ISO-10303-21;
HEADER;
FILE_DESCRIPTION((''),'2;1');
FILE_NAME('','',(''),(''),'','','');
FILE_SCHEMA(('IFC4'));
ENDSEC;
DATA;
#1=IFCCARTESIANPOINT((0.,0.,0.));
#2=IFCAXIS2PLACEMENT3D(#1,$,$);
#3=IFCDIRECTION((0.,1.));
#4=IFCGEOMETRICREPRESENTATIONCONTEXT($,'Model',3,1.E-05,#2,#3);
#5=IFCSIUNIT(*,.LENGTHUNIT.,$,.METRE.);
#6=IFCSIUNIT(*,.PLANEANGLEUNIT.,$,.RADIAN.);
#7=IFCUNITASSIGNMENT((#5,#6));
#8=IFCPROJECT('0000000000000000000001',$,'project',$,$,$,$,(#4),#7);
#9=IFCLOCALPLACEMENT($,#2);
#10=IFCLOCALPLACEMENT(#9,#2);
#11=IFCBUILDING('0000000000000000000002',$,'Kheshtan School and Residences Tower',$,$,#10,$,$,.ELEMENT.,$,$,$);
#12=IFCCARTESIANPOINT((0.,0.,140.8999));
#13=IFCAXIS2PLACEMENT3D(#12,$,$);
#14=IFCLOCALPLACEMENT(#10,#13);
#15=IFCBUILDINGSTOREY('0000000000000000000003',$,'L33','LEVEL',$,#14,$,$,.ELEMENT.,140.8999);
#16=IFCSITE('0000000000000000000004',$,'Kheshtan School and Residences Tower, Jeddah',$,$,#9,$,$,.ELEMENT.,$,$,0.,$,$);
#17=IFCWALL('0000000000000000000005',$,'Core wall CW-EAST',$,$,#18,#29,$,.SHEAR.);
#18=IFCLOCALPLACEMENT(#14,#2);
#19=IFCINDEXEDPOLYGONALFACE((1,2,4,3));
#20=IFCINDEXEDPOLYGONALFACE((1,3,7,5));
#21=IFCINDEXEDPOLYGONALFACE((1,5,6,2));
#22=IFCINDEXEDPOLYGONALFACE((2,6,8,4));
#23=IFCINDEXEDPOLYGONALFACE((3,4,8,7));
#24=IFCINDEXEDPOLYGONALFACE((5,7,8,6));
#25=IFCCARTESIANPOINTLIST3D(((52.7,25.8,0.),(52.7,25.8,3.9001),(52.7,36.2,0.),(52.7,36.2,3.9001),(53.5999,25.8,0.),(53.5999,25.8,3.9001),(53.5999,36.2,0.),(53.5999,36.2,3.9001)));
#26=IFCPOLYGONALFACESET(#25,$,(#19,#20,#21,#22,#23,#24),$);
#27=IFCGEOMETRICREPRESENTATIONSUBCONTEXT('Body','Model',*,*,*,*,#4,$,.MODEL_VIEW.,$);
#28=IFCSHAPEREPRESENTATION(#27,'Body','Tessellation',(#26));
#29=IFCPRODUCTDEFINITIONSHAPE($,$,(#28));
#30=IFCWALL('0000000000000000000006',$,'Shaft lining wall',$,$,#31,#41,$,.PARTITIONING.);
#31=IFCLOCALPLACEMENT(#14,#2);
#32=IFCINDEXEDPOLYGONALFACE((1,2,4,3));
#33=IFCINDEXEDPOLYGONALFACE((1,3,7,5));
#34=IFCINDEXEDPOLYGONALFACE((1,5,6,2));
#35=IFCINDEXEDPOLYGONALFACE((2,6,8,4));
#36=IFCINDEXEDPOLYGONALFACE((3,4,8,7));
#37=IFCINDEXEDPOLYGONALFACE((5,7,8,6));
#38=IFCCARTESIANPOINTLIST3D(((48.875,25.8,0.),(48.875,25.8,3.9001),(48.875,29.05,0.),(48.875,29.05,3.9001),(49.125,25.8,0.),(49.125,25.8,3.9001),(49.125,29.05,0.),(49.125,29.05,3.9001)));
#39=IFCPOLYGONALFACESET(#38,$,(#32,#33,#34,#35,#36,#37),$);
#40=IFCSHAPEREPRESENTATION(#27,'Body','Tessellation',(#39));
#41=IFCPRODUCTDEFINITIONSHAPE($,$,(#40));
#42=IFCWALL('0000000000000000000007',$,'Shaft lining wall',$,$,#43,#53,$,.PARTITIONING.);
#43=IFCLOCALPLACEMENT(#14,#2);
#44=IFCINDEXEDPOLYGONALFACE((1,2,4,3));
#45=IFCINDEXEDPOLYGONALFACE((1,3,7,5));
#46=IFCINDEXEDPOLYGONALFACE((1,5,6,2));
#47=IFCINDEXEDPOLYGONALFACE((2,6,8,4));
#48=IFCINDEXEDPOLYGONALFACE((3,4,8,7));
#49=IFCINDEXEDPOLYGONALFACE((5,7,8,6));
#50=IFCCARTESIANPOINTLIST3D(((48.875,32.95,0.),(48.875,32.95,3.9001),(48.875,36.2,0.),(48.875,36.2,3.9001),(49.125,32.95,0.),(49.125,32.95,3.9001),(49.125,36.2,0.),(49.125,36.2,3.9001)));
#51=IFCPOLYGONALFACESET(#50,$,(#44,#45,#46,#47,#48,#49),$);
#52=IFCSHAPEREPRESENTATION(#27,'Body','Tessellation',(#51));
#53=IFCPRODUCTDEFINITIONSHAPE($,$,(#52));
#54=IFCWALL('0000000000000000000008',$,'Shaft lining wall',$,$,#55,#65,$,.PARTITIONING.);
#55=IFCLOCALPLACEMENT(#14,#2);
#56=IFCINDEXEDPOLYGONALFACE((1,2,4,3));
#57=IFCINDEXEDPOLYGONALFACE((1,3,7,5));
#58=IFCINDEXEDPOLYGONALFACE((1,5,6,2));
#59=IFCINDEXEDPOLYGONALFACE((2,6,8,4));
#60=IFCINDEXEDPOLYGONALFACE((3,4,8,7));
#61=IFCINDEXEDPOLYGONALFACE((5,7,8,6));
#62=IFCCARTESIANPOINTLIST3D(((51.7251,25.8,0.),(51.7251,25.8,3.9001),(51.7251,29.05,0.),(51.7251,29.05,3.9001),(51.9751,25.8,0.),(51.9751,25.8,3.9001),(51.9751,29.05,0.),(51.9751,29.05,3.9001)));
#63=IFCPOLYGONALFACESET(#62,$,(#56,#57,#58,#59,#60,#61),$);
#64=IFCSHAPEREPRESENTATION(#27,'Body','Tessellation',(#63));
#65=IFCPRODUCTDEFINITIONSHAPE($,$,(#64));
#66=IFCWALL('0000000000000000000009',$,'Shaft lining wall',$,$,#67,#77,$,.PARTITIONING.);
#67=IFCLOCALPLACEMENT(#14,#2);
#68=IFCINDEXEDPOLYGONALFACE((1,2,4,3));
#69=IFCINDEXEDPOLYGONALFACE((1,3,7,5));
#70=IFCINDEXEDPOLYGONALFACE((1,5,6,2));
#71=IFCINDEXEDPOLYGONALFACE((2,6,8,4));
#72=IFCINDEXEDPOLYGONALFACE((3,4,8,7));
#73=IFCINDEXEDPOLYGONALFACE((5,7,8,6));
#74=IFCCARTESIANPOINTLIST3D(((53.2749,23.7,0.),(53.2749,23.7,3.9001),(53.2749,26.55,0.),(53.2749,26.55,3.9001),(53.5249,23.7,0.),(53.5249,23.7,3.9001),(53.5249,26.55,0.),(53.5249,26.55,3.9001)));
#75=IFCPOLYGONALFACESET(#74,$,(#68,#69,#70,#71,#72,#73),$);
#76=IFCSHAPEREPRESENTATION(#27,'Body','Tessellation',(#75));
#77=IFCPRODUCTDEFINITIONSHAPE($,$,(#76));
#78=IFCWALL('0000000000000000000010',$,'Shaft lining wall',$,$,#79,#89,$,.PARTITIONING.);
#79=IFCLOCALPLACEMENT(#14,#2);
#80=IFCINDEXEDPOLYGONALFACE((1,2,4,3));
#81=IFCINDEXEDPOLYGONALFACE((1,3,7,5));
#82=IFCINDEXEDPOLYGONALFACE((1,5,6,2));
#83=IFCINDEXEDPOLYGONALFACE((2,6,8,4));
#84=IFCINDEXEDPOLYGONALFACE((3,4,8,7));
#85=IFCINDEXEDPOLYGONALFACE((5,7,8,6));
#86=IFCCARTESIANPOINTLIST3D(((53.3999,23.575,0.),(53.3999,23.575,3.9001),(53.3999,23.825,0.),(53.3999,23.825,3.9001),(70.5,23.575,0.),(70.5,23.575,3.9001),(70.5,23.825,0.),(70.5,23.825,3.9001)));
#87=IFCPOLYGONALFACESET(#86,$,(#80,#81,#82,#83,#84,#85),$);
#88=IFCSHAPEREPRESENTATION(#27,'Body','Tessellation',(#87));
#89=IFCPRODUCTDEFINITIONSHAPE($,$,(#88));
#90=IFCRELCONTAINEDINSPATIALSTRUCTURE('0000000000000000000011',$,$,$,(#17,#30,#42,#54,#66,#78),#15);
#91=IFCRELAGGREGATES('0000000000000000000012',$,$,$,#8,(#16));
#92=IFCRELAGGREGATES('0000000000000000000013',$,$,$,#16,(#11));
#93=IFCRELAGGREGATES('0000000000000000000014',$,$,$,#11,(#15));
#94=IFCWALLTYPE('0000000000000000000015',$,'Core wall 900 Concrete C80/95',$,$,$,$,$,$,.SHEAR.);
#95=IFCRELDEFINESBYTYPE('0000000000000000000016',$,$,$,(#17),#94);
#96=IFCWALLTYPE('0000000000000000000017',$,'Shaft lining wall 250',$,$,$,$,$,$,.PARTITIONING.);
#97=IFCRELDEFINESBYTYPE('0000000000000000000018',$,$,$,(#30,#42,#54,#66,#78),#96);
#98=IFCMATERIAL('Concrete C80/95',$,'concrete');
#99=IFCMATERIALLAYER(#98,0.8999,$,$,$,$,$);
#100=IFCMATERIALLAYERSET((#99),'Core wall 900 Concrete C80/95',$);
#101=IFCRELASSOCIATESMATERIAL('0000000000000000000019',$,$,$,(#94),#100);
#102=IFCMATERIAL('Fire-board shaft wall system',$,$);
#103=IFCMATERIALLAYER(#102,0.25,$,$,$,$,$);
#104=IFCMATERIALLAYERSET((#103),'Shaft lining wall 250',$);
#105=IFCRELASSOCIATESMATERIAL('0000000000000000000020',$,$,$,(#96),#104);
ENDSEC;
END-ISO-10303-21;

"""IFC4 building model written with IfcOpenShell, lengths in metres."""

from ifc_helpers import new_model, si_unit, direction, frame, frame_2d, origin, place, context, subcontext, project, spatial, rectangle, extrude, material, layer, layer_set, type_object, element, save


model = new_model("IFC4")

# Units and contexts
model_context = context("Model", 3, precision=1e-05, world=origin(), true_north=direction((0.0, 1.0)))
body_context = subcontext(model_context, "Body", "Model", "MODEL_VIEW")
ifc_project = project(units=[si_unit("LENGTHUNIT", "METRE"), si_unit("PLANEANGLEUNIT", "RADIAN")], contexts=[model_context])

# Site, building, storey
site_placement = place(None, origin())
site = spatial("IfcSite", under=ifc_project, at=site_placement, Name="Kheshtan School and Residences Tower, Jeddah", CompositionType="ELEMENT", RefElevation=0.0)
building_placement = place(site_placement, origin())
building = spatial("IfcBuilding", under=site, at=building_placement, Name="Kheshtan School and Residences Tower", CompositionType="ELEMENT")
storey_placement = place(building_placement, frame((0.0, 0.0, 140.8999)))
storey = spatial("IfcBuildingStorey", under=building, at=storey_placement, Name="L33", Description="LEVEL", CompositionType="ELEMENT", Elevation=140.8999)

# Walls
ifc_material_1 = material(Name="Concrete C80/95", Category="concrete")
ifc_layer_1 = layer(ifc_material_1, 0.8999)
ifc_layer_set_1 = layer_set([ifc_layer_1], Name="Core wall 900 Concrete C80/95")
wall_type_1 = type_object("IfcWallType", Name="Core wall 900 Concrete C80/95", PredefinedType="SHEAR", material=ifc_layer_set_1)
wall_1_placement = place(storey_placement, frame((53.1499, 25.8, 0.0), z_axis=(0.0, 0.0, 1.0), x_axis=(0.0, 1.0, 0.0)))
element("IfcWall", 1, at=wall_1_placement, inside=storey, type_object=wall_type_1, Name="Core wall CW-EAST", PredefinedType="SHEAR", context=body_context, shape_type="SweptSolid", body=[
    extrude(rectangle(XDim=10.3999, YDim=0.8999, at=frame_2d((5.2, 0.0))), origin(), (0.0, 0.0, 1.0), 3.9001),
])
ifc_material_2 = material(Name="Fire-board shaft wall system")
ifc_layer_2 = layer(ifc_material_2, 0.25)
ifc_layer_set_2 = layer_set([ifc_layer_2], Name="Shaft lining wall 250")
wall_type_2 = type_object("IfcWallType", Name="Shaft lining wall 250", PredefinedType="PARTITIONING", material=ifc_layer_set_2)
for number, where, z_axis, x_axis, name in (
    (2, (49.0, 25.8, 0.0), (0.0, 0.0, 1.0), (0.0, 1.0, 0.0), "Shaft lining wall"),
    (3, (49.0, 32.95, 0.0), (0.0, 0.0, 1.0), (0.0, 1.0, 0.0), "Shaft lining wall"),
    (4, (51.8501, 25.8, 0.0), (0.0, 0.0, 1.0), (0.0, 1.0, 0.0), "Shaft lining wall"),
):
    element("IfcWall", number, at=place(storey_placement, frame(where, z_axis=z_axis, x_axis=x_axis)), inside=storey, type_object=wall_type_2, Name=name, PredefinedType="PARTITIONING", context=body_context, shape_type="SweptSolid", body=[
        extrude(rectangle(XDim=3.25, YDim=0.25, at=frame_2d((1.625, 0.0))), origin(), (0.0, 0.0, 1.0), 3.9001),
    ])
wall_2_placement = place(storey_placement, frame((53.3999, 23.7, 0.0), z_axis=(0.0, 0.0, 1.0), x_axis=(0.0, 1.0, 0.0)))
element("IfcWall", 5, at=wall_2_placement, inside=storey, type_object=wall_type_2, Name="Shaft lining wall", PredefinedType="PARTITIONING", context=body_context, shape_type="SweptSolid", body=[
    extrude(rectangle(XDim=2.8501, YDim=0.25, at=frame_2d((1.425, 0.0))), origin(), (0.0, 0.0, 1.0), 3.9001),
])
wall_3_placement = place(storey_placement, frame((53.3999, 23.7, 0.0), z_axis=(0.0, 0.0, 1.0), x_axis=(1.0, 0.0, 0.0)))
element("IfcWall", 6, at=wall_3_placement, inside=storey, type_object=wall_type_2, Name="Shaft lining wall", PredefinedType="PARTITIONING", context=body_context, shape_type="SweptSolid", body=[
    extrude(rectangle(XDim=17.1001, YDim=0.25, at=frame_2d((8.55, 0.0))), origin(), (0.0, 0.0, 1.0), 3.9001),
])

save(model, "model.ifc")
